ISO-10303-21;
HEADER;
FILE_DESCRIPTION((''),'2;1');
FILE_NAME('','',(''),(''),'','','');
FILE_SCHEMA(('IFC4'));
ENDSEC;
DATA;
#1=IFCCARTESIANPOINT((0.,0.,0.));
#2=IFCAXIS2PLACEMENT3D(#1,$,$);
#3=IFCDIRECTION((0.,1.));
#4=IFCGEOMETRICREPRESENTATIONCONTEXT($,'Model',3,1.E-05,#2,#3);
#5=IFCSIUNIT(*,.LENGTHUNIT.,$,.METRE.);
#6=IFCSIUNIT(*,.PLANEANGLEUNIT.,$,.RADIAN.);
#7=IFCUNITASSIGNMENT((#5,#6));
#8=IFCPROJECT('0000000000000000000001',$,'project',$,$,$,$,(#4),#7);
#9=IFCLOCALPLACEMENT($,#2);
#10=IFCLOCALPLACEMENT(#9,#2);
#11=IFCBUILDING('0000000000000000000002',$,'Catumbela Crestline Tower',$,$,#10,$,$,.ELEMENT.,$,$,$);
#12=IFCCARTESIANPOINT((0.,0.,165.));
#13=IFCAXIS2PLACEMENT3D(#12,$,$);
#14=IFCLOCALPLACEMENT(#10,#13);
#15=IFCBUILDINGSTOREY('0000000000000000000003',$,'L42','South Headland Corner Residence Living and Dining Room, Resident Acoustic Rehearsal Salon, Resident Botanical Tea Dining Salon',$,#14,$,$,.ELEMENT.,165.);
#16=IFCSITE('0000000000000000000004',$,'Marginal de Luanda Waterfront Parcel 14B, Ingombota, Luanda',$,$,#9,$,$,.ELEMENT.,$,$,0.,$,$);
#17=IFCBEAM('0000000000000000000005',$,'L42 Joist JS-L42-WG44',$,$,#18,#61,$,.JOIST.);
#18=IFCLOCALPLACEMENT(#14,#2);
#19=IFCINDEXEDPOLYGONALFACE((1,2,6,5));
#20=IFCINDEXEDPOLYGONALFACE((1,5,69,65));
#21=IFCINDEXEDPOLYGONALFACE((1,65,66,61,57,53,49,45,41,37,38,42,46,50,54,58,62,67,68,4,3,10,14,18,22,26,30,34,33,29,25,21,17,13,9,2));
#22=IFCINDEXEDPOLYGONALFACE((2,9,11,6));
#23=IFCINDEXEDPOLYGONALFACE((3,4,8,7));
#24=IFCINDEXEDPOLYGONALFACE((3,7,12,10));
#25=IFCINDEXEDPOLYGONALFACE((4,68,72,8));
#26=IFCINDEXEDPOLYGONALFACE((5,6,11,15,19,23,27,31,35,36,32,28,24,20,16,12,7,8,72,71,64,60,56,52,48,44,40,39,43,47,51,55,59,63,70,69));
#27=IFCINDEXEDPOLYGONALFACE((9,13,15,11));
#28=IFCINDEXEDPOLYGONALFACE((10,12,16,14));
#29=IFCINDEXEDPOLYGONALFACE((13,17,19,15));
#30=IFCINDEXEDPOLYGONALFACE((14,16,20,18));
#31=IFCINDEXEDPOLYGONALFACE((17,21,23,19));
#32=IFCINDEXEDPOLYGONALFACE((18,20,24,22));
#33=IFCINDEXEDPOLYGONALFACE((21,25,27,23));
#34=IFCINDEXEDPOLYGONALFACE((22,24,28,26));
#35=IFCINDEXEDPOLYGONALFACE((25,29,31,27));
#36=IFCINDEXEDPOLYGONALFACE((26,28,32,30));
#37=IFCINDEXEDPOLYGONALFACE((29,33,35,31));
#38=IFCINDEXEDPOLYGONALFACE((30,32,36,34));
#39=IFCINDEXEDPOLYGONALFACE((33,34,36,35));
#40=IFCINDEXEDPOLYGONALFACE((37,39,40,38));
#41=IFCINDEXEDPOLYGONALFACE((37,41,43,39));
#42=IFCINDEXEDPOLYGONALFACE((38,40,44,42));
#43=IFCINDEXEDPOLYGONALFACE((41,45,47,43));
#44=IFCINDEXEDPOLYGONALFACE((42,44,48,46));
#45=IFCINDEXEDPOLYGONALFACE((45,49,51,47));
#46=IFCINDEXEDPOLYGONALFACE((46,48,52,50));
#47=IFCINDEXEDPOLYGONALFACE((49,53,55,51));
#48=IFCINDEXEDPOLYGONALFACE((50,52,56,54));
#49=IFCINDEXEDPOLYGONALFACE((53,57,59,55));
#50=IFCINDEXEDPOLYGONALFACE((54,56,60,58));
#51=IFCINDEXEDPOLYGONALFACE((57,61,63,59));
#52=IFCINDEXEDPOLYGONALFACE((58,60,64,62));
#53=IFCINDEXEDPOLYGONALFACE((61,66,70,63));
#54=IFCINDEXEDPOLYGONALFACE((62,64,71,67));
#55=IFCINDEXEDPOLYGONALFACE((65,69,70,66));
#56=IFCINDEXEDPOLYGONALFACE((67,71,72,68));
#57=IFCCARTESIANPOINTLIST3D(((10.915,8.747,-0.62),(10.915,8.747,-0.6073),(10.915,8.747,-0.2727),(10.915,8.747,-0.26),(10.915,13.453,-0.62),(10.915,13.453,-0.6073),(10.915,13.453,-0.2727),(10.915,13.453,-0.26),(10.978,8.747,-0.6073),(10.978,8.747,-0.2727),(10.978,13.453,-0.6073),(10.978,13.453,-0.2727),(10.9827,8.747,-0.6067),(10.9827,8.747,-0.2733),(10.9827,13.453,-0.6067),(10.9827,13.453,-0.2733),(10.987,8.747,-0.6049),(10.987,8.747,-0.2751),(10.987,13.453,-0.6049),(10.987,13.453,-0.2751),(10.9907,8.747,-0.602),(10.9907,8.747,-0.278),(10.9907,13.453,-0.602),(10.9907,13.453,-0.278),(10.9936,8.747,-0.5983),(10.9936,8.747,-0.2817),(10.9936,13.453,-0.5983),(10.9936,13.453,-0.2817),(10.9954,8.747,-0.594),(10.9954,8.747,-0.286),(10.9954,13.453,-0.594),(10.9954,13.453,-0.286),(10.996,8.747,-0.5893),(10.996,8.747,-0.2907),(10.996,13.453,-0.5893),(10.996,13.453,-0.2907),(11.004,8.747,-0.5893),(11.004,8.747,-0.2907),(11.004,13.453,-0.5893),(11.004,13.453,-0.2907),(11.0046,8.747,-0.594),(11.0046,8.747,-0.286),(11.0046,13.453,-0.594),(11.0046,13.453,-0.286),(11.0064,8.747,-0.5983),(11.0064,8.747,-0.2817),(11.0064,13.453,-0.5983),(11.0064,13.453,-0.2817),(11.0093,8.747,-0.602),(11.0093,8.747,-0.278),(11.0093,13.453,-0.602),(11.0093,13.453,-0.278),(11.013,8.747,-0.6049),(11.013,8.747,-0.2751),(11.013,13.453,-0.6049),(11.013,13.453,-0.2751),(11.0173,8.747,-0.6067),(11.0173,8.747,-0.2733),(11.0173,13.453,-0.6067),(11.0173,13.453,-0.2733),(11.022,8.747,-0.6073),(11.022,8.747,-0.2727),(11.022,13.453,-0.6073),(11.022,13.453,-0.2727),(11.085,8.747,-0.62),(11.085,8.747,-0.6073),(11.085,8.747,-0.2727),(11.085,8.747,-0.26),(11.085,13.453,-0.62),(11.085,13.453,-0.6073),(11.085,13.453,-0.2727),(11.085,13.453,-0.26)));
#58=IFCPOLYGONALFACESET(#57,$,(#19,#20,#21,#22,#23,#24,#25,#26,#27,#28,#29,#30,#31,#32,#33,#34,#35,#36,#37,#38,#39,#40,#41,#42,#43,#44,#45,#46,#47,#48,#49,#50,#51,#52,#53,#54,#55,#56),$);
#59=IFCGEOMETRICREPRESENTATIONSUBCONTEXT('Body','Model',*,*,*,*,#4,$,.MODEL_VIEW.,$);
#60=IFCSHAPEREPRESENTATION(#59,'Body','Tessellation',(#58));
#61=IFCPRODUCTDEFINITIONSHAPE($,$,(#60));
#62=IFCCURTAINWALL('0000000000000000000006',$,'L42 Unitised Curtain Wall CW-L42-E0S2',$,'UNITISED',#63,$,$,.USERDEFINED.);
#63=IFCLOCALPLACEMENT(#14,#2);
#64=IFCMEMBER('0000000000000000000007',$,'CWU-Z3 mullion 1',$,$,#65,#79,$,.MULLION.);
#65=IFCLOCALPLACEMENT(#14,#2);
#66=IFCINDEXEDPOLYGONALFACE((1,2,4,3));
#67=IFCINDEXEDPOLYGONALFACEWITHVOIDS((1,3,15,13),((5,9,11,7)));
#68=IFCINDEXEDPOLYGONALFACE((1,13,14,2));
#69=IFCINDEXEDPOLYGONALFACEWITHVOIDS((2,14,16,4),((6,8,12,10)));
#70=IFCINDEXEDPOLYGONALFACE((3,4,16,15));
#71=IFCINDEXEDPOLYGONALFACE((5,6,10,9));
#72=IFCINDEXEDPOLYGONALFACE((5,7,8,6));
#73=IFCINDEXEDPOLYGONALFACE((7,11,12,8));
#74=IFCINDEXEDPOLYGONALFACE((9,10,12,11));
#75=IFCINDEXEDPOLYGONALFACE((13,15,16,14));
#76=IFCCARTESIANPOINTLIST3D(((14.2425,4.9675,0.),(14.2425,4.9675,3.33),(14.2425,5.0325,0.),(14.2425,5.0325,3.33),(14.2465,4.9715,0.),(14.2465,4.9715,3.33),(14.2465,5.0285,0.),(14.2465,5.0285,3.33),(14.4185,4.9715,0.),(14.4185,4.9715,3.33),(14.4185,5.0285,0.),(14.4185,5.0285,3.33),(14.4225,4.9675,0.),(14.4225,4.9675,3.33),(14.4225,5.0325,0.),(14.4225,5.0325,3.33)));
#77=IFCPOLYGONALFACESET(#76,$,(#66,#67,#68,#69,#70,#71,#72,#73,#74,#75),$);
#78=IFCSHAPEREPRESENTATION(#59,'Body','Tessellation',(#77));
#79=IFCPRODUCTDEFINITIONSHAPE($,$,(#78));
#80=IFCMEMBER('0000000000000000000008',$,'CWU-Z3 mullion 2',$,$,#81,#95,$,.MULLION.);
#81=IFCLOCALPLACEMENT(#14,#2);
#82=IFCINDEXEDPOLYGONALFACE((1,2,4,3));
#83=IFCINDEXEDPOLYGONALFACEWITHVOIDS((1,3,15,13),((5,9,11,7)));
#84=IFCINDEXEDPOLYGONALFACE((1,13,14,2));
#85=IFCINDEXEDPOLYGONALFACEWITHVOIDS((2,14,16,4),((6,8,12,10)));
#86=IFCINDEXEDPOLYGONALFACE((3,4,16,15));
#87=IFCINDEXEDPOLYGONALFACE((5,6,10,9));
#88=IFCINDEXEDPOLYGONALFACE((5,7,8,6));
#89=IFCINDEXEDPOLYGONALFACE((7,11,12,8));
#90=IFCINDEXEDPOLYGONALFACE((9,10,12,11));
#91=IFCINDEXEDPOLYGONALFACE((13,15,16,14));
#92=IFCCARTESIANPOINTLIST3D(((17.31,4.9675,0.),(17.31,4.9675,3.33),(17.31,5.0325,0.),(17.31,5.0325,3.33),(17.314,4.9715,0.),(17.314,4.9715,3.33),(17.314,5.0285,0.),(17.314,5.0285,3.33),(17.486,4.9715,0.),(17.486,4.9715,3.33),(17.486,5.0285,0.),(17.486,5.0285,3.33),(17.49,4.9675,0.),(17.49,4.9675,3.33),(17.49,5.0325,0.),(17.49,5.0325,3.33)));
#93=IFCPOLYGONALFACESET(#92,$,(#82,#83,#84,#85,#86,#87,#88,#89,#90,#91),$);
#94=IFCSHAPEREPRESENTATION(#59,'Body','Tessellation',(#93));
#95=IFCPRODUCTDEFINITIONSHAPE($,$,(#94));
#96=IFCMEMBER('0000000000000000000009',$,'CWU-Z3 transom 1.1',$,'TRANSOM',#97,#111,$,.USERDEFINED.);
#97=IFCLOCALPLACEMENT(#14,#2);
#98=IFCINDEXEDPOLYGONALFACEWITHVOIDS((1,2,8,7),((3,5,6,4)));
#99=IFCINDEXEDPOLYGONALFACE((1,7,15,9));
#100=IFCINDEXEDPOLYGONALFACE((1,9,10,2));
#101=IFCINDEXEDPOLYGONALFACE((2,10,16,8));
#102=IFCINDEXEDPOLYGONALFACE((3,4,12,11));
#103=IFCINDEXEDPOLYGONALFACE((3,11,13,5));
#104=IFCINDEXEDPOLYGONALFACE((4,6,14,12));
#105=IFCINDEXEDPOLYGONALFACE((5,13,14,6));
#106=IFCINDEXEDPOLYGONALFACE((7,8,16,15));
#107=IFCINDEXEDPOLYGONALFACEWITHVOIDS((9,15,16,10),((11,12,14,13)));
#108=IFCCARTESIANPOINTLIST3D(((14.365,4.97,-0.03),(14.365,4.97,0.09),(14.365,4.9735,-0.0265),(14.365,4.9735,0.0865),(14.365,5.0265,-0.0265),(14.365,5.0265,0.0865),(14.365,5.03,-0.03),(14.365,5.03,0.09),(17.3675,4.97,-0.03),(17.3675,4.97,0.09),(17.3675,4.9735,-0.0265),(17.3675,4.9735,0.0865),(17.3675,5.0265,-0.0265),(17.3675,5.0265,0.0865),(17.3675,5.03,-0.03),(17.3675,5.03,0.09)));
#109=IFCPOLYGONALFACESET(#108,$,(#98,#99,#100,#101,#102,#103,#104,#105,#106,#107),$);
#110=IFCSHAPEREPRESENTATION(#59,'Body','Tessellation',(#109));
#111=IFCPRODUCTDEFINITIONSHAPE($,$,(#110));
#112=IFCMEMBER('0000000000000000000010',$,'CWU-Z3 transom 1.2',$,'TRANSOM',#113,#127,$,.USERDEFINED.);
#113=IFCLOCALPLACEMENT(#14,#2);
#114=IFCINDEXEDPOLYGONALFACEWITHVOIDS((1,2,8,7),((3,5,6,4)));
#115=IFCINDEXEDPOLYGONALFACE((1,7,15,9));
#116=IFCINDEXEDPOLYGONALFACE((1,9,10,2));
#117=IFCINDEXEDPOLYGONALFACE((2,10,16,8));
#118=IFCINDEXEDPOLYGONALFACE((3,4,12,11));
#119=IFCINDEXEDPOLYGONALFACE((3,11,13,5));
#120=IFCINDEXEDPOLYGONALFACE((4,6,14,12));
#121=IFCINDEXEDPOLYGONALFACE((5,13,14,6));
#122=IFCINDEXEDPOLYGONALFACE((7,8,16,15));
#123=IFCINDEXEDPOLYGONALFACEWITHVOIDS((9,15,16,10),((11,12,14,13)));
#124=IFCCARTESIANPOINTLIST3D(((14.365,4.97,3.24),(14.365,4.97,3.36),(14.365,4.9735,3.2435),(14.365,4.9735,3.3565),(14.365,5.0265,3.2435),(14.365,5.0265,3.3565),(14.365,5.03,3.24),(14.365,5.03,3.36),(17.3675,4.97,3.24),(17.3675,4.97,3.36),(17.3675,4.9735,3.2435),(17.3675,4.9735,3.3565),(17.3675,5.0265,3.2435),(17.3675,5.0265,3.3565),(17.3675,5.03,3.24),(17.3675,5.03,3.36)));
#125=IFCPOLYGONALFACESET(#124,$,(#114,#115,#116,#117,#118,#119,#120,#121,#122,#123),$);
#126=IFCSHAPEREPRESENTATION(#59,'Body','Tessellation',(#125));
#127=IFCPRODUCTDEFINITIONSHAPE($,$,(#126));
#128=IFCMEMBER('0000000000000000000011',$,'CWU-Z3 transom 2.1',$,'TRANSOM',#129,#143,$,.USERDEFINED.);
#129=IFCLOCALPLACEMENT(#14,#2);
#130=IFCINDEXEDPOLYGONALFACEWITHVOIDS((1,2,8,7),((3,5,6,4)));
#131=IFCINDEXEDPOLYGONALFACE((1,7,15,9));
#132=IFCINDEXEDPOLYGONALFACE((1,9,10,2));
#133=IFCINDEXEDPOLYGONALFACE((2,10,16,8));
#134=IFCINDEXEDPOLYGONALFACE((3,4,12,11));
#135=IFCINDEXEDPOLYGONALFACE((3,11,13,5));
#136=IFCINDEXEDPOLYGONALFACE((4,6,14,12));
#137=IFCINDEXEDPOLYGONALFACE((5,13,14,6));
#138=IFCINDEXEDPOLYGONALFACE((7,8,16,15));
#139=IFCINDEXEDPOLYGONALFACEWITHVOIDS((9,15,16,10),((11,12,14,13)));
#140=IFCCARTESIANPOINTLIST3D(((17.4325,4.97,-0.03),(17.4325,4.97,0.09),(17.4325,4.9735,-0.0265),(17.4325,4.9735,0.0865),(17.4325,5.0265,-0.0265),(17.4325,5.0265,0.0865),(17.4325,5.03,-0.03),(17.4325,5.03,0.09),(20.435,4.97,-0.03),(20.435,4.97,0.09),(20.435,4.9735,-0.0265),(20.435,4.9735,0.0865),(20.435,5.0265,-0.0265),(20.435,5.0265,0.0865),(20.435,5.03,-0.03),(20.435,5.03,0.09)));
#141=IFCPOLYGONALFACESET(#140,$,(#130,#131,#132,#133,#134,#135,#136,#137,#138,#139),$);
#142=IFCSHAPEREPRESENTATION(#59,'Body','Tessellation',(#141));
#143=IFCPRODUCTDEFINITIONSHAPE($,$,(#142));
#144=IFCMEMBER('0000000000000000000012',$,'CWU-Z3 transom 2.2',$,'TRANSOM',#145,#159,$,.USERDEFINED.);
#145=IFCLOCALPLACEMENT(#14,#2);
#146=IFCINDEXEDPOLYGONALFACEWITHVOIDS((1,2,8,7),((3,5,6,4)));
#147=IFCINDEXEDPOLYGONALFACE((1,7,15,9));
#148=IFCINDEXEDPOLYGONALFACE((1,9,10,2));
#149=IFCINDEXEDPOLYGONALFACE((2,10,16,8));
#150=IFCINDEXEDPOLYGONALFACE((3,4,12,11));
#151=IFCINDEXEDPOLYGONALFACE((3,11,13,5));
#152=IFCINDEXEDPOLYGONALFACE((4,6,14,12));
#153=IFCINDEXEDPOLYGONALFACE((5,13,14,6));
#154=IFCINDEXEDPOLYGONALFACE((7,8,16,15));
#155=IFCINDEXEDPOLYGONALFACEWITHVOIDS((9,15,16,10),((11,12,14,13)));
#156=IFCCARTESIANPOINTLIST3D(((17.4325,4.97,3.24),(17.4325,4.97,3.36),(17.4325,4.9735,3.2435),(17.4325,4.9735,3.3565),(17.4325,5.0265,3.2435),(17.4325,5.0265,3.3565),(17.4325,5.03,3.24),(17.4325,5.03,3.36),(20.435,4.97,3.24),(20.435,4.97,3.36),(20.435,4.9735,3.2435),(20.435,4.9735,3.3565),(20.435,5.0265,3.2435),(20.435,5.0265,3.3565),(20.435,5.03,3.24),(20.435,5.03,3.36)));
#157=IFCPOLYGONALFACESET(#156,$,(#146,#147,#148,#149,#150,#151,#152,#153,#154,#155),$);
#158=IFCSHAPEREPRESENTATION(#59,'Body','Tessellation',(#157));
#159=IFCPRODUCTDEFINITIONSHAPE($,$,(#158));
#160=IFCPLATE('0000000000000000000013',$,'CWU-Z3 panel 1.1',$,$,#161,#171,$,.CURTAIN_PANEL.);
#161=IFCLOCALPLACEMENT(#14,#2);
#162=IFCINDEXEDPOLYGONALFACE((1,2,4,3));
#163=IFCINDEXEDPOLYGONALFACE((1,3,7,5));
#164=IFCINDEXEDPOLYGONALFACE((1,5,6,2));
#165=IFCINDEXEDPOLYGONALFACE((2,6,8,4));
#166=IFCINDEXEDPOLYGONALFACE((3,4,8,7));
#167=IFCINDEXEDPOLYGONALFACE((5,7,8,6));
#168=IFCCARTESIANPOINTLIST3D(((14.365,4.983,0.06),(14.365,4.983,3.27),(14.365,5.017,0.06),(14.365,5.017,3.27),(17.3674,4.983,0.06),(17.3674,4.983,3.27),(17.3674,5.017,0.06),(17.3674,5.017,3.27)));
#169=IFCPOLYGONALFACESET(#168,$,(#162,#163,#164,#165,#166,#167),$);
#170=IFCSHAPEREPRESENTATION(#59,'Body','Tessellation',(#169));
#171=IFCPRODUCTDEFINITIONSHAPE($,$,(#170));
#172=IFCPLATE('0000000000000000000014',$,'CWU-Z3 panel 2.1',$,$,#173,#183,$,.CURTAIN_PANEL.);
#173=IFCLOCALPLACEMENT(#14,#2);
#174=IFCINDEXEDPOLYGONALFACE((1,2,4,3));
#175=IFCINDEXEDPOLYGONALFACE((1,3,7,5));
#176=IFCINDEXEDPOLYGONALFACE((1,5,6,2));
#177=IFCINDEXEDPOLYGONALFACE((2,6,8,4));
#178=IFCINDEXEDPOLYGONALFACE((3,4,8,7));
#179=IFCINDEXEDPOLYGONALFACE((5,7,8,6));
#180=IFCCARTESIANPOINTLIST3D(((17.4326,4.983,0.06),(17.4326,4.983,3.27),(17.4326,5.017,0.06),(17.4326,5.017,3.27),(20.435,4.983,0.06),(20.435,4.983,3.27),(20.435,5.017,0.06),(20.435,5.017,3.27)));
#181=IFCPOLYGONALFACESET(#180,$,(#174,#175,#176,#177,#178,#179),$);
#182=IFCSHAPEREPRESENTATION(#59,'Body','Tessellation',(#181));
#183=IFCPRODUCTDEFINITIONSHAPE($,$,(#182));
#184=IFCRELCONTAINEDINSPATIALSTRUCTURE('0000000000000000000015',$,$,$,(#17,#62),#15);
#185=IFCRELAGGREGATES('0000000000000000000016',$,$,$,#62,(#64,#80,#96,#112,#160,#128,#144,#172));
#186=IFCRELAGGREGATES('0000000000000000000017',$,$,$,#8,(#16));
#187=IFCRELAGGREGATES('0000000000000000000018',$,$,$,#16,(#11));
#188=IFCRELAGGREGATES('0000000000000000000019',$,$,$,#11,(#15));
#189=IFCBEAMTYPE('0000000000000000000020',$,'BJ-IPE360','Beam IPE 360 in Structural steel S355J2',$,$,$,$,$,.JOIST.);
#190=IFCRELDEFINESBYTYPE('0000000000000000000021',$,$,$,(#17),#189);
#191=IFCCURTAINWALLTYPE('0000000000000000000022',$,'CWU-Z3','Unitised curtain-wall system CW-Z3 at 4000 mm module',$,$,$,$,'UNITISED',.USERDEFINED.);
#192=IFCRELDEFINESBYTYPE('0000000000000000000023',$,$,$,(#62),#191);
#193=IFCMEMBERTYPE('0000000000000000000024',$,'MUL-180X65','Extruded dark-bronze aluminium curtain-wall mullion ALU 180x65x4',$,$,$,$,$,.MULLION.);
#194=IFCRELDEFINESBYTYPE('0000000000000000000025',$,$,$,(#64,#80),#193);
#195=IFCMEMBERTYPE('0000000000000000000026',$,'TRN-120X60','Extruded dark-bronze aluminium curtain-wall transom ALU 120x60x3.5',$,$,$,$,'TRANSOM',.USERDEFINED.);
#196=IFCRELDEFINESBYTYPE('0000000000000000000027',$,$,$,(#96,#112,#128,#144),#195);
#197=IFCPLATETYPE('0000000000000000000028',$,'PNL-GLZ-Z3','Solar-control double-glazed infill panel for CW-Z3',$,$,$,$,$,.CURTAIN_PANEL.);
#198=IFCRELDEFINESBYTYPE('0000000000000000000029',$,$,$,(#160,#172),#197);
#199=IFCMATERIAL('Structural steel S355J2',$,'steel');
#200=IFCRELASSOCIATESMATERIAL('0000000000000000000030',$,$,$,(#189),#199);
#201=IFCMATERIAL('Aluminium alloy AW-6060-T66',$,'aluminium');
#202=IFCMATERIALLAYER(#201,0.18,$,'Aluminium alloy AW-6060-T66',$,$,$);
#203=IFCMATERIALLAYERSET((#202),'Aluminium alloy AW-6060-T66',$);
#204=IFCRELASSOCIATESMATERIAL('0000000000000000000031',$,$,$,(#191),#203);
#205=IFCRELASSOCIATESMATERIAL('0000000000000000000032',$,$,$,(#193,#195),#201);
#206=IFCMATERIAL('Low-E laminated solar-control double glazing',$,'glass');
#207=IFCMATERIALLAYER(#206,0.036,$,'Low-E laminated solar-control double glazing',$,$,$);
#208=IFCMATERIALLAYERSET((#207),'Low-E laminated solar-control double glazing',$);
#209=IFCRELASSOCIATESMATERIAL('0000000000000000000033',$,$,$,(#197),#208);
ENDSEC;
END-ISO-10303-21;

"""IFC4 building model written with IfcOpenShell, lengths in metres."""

from ifc_helpers import new_model, si_unit, direction, frame, origin, origin_2d, place, context, subcontext, project, spatial, rectangle, hollow_rectangle, i_section, extrude, material, layer, layer_set, material_profile, profile_set, type_object, element, aggregate, save


model = new_model("IFC4")

# Units and contexts
model_context = context("Model", 3, precision=1e-05, world=origin(), true_north=direction((0.0, 1.0)))
body_context = subcontext(model_context, "Body", "Model", "MODEL_VIEW")
ifc_project = project(units=[si_unit("LENGTHUNIT", "METRE"), si_unit("PLANEANGLEUNIT", "RADIAN")], contexts=[model_context])

# Site, building, storey
site_placement = place(None, origin())
site = spatial("IfcSite", under=ifc_project, at=site_placement, Name="Marginal de Luanda Waterfront Parcel 14B, Ingombota, Luanda", CompositionType="ELEMENT", RefElevation=0.0)
building_placement = place(site_placement, origin())
building = spatial("IfcBuilding", under=site, at=building_placement, Name="Catumbela Crestline Tower", CompositionType="ELEMENT")
storey_placement = place(building_placement, frame((0.0, 0.0, 165.0)))
storey = spatial("IfcBuildingStorey", under=building, at=storey_placement, Name="L42", Description="South Headland Corner Residence Living and Dining Room, Resident Acoustic Rehearsal Salon, Resident Botanical Tea Dining Salon", CompositionType="ELEMENT", Elevation=165.0)

# Shared definitions
ifc_material_1 = material(Name="Structural steel S355J2", Category="steel")

# Beam
ifc_material_profile_1 = material_profile(ifc_material_1, i_section(OverallWidth=0.17, OverallDepth=0.36, WebThickness=0.008, FlangeThickness=0.0127, FilletRadius=0.018, at=origin_2d()), Name="IPE 360")
ifc_profile_set_1 = profile_set([ifc_material_profile_1], Name="Structural steel S355J2")
beam_type_1 = type_object("IfcBeamType", Name="BJ-IPE360", Description="Beam IPE 360 in Structural steel S355J2", PredefinedType="JOIST", material=ifc_profile_set_1)
beam_1_placement = place(storey_placement, frame((11.0, 8.747, -0.44), z_axis=(0.0, 1.0, 0.0), x_axis=(-1.0, 0.0, 0.0)))
element("IfcBeam", 1, at=beam_1_placement, inside=storey, type_object=beam_type_1, Name="L42 Joist JS-L42-WG44", PredefinedType="JOIST", context=body_context, shape_type="SweptSolid", body=[
    extrude(i_section(OverallWidth=0.17, OverallDepth=0.36, WebThickness=0.008, FlangeThickness=0.0127, FilletRadius=0.018, at=origin_2d()), origin(), (0.0, 0.0, 1.0), 4.706),
])

# Curtain wall, members, plates
ifc_material_2 = material(Name="Aluminium alloy AW-6060-T66", Category="aluminium")
ifc_layer_1 = layer(ifc_material_2, 0.18, Name="Aluminium alloy AW-6060-T66")
ifc_layer_set_1 = layer_set([ifc_layer_1], Name="Aluminium alloy AW-6060-T66")
curtain_wall_type = type_object("IfcCurtainWallType", Name="CWU-Z3", Description="Unitised curtain-wall system CW-Z3 at 4000 mm module", ElementType="UNITISED", PredefinedType="USERDEFINED", material=ifc_layer_set_1)
curtain_wall_placement = place(storey_placement, origin())
curtain_wall = element("IfcCurtainWall", 2, at=curtain_wall_placement, inside=storey, type_object=curtain_wall_type, Name="L42 Unitised Curtain Wall CW-L42-E0S2", ObjectType="UNITISED", PredefinedType="USERDEFINED")
ifc_material_profile_2 = material_profile(ifc_material_2, hollow_rectangle(XDim=0.065, YDim=0.18, WallThickness=0.004, at=origin_2d()), Name="ALU 180x65x4")
ifc_profile_set_2 = profile_set([ifc_material_profile_2], Name="Aluminium alloy AW-6060-T66")
member_type_1 = type_object("IfcMemberType", Name="MUL-180X65", Description="Extruded dark-bronze aluminium curtain-wall mullion ALU 180x65x4", PredefinedType="MULLION", material=ifc_profile_set_2)
member_1_placement = place(storey_placement, frame((14.3325, 5.0, 0.0), z_axis=(0.0, 0.0, 1.0), x_axis=(0.0, 1.0, 0.0)))
member_1 = element("IfcMember", 3, at=member_1_placement, type_object=member_type_1, Name="CWU-Z3 mullion 1", PredefinedType="MULLION", context=body_context, shape_type="SweptSolid", body=[
    extrude(hollow_rectangle(XDim=0.065, YDim=0.18, WallThickness=0.004, at=origin_2d()), origin(), (0.0, 0.0, 1.0), 3.33),
])
member_2_placement = place(storey_placement, frame((17.4, 5.0, 0.0), z_axis=(0.0, 0.0, 1.0), x_axis=(0.0, 1.0, 0.0)))
member_2 = element("IfcMember", 4, at=member_2_placement, type_object=member_type_1, Name="CWU-Z3 mullion 2", PredefinedType="MULLION", context=body_context, shape_type="SweptSolid", body=[
    extrude(hollow_rectangle(XDim=0.065, YDim=0.18, WallThickness=0.004, at=origin_2d()), origin(), (0.0, 0.0, 1.0), 3.33),
])
ifc_material_profile_3 = material_profile(ifc_material_2, hollow_rectangle(XDim=0.06, YDim=0.12, WallThickness=0.0035, at=origin_2d()), Name="ALU 120x60x3.5")
ifc_profile_set_3 = profile_set([ifc_material_profile_3], Name="Aluminium alloy AW-6060-T66")
member_type_2 = type_object("IfcMemberType", Name="TRN-120X60", Description="Extruded dark-bronze aluminium curtain-wall transom ALU 120x60x3.5", ElementType="TRANSOM", PredefinedType="USERDEFINED", material=ifc_profile_set_3)
member_3_placement = place(storey_placement, frame((14.365, 5.0, 0.03), z_axis=(1.0, 0.0, 0.0), x_axis=(0.0, 1.0, 0.0)))
member_3 = element("IfcMember", 5, at=member_3_placement, type_object=member_type_2, Name="CWU-Z3 transom 1.1", ObjectType="TRANSOM", PredefinedType="USERDEFINED", context=body_context, shape_type="SweptSolid", body=[
    extrude(hollow_rectangle(XDim=0.06, YDim=0.12, WallThickness=0.0035, at=origin_2d()), origin(), (0.0, 0.0, 1.0), 3.0025),
])
member_4_placement = place(storey_placement, frame((14.365, 5.0, 3.3), z_axis=(1.0, 0.0, 0.0), x_axis=(0.0, 1.0, 0.0)))
member_4 = element("IfcMember", 6, at=member_4_placement, type_object=member_type_2, Name="CWU-Z3 transom 1.2", ObjectType="TRANSOM", PredefinedType="USERDEFINED", context=body_context, shape_type="SweptSolid", body=[
    extrude(hollow_rectangle(XDim=0.06, YDim=0.12, WallThickness=0.0035, at=origin_2d()), origin(), (0.0, 0.0, 1.0), 3.0025),
])
member_5_placement = place(storey_placement, frame((17.4325, 5.0, 0.03), z_axis=(1.0, 0.0, 0.0), x_axis=(0.0, 1.0, 0.0)))
member_5 = element("IfcMember", 7, at=member_5_placement, type_object=member_type_2, Name="CWU-Z3 transom 2.1", ObjectType="TRANSOM", PredefinedType="USERDEFINED", context=body_context, shape_type="SweptSolid", body=[
    extrude(hollow_rectangle(XDim=0.06, YDim=0.12, WallThickness=0.0035, at=origin_2d()), origin(), (0.0, 0.0, 1.0), 3.0025),
])
member_6_placement = place(storey_placement, frame((17.4325, 5.0, 3.3), z_axis=(1.0, 0.0, 0.0), x_axis=(0.0, 1.0, 0.0)))
member_6 = element("IfcMember", 8, at=member_6_placement, type_object=member_type_2, Name="CWU-Z3 transom 2.2", ObjectType="TRANSOM", PredefinedType="USERDEFINED", context=body_context, shape_type="SweptSolid", body=[
    extrude(hollow_rectangle(XDim=0.06, YDim=0.12, WallThickness=0.0035, at=origin_2d()), origin(), (0.0, 0.0, 1.0), 3.0025),
])
ifc_material_3 = material(Name="Low-E laminated solar-control double glazing", Category="glass")
ifc_layer_2 = layer(ifc_material_3, 0.036, Name="Low-E laminated solar-control double glazing")
ifc_layer_set_2 = layer_set([ifc_layer_2], Name="Low-E laminated solar-control double glazing")
plate_type = type_object("IfcPlateType", Name="PNL-GLZ-Z3", Description="Solar-control double-glazed infill panel for CW-Z3", PredefinedType="CURTAIN_PANEL", material=ifc_layer_set_2)
plate_1_placement = place(storey_placement, frame((15.8662, 5.0, 0.06), z_axis=(0.0, 0.0, 1.0), x_axis=(1.0, 0.0, 0.0)))
plate_1 = element("IfcPlate", 9, at=plate_1_placement, type_object=plate_type, Name="CWU-Z3 panel 1.1", PredefinedType="CURTAIN_PANEL", context=body_context, shape_type="SweptSolid", body=[
    extrude(rectangle(XDim=3.0025, YDim=0.034, at=origin_2d()), origin(), (0.0, 0.0, 1.0), 3.21),
])
plate_2_placement = place(storey_placement, frame((18.9338, 5.0, 0.06), z_axis=(0.0, 0.0, 1.0), x_axis=(1.0, 0.0, 0.0)))
plate_2 = element("IfcPlate", 10, at=plate_2_placement, type_object=plate_type, Name="CWU-Z3 panel 2.1", PredefinedType="CURTAIN_PANEL", context=body_context, shape_type="SweptSolid", body=[
    extrude(rectangle(XDim=3.0025, YDim=0.034, at=origin_2d()), origin(), (0.0, 0.0, 1.0), 3.21),
])
aggregate(curtain_wall, [member_1, member_2, member_3, member_4, plate_1, member_5, member_6, plate_2])

save(model, "model.ifc")
